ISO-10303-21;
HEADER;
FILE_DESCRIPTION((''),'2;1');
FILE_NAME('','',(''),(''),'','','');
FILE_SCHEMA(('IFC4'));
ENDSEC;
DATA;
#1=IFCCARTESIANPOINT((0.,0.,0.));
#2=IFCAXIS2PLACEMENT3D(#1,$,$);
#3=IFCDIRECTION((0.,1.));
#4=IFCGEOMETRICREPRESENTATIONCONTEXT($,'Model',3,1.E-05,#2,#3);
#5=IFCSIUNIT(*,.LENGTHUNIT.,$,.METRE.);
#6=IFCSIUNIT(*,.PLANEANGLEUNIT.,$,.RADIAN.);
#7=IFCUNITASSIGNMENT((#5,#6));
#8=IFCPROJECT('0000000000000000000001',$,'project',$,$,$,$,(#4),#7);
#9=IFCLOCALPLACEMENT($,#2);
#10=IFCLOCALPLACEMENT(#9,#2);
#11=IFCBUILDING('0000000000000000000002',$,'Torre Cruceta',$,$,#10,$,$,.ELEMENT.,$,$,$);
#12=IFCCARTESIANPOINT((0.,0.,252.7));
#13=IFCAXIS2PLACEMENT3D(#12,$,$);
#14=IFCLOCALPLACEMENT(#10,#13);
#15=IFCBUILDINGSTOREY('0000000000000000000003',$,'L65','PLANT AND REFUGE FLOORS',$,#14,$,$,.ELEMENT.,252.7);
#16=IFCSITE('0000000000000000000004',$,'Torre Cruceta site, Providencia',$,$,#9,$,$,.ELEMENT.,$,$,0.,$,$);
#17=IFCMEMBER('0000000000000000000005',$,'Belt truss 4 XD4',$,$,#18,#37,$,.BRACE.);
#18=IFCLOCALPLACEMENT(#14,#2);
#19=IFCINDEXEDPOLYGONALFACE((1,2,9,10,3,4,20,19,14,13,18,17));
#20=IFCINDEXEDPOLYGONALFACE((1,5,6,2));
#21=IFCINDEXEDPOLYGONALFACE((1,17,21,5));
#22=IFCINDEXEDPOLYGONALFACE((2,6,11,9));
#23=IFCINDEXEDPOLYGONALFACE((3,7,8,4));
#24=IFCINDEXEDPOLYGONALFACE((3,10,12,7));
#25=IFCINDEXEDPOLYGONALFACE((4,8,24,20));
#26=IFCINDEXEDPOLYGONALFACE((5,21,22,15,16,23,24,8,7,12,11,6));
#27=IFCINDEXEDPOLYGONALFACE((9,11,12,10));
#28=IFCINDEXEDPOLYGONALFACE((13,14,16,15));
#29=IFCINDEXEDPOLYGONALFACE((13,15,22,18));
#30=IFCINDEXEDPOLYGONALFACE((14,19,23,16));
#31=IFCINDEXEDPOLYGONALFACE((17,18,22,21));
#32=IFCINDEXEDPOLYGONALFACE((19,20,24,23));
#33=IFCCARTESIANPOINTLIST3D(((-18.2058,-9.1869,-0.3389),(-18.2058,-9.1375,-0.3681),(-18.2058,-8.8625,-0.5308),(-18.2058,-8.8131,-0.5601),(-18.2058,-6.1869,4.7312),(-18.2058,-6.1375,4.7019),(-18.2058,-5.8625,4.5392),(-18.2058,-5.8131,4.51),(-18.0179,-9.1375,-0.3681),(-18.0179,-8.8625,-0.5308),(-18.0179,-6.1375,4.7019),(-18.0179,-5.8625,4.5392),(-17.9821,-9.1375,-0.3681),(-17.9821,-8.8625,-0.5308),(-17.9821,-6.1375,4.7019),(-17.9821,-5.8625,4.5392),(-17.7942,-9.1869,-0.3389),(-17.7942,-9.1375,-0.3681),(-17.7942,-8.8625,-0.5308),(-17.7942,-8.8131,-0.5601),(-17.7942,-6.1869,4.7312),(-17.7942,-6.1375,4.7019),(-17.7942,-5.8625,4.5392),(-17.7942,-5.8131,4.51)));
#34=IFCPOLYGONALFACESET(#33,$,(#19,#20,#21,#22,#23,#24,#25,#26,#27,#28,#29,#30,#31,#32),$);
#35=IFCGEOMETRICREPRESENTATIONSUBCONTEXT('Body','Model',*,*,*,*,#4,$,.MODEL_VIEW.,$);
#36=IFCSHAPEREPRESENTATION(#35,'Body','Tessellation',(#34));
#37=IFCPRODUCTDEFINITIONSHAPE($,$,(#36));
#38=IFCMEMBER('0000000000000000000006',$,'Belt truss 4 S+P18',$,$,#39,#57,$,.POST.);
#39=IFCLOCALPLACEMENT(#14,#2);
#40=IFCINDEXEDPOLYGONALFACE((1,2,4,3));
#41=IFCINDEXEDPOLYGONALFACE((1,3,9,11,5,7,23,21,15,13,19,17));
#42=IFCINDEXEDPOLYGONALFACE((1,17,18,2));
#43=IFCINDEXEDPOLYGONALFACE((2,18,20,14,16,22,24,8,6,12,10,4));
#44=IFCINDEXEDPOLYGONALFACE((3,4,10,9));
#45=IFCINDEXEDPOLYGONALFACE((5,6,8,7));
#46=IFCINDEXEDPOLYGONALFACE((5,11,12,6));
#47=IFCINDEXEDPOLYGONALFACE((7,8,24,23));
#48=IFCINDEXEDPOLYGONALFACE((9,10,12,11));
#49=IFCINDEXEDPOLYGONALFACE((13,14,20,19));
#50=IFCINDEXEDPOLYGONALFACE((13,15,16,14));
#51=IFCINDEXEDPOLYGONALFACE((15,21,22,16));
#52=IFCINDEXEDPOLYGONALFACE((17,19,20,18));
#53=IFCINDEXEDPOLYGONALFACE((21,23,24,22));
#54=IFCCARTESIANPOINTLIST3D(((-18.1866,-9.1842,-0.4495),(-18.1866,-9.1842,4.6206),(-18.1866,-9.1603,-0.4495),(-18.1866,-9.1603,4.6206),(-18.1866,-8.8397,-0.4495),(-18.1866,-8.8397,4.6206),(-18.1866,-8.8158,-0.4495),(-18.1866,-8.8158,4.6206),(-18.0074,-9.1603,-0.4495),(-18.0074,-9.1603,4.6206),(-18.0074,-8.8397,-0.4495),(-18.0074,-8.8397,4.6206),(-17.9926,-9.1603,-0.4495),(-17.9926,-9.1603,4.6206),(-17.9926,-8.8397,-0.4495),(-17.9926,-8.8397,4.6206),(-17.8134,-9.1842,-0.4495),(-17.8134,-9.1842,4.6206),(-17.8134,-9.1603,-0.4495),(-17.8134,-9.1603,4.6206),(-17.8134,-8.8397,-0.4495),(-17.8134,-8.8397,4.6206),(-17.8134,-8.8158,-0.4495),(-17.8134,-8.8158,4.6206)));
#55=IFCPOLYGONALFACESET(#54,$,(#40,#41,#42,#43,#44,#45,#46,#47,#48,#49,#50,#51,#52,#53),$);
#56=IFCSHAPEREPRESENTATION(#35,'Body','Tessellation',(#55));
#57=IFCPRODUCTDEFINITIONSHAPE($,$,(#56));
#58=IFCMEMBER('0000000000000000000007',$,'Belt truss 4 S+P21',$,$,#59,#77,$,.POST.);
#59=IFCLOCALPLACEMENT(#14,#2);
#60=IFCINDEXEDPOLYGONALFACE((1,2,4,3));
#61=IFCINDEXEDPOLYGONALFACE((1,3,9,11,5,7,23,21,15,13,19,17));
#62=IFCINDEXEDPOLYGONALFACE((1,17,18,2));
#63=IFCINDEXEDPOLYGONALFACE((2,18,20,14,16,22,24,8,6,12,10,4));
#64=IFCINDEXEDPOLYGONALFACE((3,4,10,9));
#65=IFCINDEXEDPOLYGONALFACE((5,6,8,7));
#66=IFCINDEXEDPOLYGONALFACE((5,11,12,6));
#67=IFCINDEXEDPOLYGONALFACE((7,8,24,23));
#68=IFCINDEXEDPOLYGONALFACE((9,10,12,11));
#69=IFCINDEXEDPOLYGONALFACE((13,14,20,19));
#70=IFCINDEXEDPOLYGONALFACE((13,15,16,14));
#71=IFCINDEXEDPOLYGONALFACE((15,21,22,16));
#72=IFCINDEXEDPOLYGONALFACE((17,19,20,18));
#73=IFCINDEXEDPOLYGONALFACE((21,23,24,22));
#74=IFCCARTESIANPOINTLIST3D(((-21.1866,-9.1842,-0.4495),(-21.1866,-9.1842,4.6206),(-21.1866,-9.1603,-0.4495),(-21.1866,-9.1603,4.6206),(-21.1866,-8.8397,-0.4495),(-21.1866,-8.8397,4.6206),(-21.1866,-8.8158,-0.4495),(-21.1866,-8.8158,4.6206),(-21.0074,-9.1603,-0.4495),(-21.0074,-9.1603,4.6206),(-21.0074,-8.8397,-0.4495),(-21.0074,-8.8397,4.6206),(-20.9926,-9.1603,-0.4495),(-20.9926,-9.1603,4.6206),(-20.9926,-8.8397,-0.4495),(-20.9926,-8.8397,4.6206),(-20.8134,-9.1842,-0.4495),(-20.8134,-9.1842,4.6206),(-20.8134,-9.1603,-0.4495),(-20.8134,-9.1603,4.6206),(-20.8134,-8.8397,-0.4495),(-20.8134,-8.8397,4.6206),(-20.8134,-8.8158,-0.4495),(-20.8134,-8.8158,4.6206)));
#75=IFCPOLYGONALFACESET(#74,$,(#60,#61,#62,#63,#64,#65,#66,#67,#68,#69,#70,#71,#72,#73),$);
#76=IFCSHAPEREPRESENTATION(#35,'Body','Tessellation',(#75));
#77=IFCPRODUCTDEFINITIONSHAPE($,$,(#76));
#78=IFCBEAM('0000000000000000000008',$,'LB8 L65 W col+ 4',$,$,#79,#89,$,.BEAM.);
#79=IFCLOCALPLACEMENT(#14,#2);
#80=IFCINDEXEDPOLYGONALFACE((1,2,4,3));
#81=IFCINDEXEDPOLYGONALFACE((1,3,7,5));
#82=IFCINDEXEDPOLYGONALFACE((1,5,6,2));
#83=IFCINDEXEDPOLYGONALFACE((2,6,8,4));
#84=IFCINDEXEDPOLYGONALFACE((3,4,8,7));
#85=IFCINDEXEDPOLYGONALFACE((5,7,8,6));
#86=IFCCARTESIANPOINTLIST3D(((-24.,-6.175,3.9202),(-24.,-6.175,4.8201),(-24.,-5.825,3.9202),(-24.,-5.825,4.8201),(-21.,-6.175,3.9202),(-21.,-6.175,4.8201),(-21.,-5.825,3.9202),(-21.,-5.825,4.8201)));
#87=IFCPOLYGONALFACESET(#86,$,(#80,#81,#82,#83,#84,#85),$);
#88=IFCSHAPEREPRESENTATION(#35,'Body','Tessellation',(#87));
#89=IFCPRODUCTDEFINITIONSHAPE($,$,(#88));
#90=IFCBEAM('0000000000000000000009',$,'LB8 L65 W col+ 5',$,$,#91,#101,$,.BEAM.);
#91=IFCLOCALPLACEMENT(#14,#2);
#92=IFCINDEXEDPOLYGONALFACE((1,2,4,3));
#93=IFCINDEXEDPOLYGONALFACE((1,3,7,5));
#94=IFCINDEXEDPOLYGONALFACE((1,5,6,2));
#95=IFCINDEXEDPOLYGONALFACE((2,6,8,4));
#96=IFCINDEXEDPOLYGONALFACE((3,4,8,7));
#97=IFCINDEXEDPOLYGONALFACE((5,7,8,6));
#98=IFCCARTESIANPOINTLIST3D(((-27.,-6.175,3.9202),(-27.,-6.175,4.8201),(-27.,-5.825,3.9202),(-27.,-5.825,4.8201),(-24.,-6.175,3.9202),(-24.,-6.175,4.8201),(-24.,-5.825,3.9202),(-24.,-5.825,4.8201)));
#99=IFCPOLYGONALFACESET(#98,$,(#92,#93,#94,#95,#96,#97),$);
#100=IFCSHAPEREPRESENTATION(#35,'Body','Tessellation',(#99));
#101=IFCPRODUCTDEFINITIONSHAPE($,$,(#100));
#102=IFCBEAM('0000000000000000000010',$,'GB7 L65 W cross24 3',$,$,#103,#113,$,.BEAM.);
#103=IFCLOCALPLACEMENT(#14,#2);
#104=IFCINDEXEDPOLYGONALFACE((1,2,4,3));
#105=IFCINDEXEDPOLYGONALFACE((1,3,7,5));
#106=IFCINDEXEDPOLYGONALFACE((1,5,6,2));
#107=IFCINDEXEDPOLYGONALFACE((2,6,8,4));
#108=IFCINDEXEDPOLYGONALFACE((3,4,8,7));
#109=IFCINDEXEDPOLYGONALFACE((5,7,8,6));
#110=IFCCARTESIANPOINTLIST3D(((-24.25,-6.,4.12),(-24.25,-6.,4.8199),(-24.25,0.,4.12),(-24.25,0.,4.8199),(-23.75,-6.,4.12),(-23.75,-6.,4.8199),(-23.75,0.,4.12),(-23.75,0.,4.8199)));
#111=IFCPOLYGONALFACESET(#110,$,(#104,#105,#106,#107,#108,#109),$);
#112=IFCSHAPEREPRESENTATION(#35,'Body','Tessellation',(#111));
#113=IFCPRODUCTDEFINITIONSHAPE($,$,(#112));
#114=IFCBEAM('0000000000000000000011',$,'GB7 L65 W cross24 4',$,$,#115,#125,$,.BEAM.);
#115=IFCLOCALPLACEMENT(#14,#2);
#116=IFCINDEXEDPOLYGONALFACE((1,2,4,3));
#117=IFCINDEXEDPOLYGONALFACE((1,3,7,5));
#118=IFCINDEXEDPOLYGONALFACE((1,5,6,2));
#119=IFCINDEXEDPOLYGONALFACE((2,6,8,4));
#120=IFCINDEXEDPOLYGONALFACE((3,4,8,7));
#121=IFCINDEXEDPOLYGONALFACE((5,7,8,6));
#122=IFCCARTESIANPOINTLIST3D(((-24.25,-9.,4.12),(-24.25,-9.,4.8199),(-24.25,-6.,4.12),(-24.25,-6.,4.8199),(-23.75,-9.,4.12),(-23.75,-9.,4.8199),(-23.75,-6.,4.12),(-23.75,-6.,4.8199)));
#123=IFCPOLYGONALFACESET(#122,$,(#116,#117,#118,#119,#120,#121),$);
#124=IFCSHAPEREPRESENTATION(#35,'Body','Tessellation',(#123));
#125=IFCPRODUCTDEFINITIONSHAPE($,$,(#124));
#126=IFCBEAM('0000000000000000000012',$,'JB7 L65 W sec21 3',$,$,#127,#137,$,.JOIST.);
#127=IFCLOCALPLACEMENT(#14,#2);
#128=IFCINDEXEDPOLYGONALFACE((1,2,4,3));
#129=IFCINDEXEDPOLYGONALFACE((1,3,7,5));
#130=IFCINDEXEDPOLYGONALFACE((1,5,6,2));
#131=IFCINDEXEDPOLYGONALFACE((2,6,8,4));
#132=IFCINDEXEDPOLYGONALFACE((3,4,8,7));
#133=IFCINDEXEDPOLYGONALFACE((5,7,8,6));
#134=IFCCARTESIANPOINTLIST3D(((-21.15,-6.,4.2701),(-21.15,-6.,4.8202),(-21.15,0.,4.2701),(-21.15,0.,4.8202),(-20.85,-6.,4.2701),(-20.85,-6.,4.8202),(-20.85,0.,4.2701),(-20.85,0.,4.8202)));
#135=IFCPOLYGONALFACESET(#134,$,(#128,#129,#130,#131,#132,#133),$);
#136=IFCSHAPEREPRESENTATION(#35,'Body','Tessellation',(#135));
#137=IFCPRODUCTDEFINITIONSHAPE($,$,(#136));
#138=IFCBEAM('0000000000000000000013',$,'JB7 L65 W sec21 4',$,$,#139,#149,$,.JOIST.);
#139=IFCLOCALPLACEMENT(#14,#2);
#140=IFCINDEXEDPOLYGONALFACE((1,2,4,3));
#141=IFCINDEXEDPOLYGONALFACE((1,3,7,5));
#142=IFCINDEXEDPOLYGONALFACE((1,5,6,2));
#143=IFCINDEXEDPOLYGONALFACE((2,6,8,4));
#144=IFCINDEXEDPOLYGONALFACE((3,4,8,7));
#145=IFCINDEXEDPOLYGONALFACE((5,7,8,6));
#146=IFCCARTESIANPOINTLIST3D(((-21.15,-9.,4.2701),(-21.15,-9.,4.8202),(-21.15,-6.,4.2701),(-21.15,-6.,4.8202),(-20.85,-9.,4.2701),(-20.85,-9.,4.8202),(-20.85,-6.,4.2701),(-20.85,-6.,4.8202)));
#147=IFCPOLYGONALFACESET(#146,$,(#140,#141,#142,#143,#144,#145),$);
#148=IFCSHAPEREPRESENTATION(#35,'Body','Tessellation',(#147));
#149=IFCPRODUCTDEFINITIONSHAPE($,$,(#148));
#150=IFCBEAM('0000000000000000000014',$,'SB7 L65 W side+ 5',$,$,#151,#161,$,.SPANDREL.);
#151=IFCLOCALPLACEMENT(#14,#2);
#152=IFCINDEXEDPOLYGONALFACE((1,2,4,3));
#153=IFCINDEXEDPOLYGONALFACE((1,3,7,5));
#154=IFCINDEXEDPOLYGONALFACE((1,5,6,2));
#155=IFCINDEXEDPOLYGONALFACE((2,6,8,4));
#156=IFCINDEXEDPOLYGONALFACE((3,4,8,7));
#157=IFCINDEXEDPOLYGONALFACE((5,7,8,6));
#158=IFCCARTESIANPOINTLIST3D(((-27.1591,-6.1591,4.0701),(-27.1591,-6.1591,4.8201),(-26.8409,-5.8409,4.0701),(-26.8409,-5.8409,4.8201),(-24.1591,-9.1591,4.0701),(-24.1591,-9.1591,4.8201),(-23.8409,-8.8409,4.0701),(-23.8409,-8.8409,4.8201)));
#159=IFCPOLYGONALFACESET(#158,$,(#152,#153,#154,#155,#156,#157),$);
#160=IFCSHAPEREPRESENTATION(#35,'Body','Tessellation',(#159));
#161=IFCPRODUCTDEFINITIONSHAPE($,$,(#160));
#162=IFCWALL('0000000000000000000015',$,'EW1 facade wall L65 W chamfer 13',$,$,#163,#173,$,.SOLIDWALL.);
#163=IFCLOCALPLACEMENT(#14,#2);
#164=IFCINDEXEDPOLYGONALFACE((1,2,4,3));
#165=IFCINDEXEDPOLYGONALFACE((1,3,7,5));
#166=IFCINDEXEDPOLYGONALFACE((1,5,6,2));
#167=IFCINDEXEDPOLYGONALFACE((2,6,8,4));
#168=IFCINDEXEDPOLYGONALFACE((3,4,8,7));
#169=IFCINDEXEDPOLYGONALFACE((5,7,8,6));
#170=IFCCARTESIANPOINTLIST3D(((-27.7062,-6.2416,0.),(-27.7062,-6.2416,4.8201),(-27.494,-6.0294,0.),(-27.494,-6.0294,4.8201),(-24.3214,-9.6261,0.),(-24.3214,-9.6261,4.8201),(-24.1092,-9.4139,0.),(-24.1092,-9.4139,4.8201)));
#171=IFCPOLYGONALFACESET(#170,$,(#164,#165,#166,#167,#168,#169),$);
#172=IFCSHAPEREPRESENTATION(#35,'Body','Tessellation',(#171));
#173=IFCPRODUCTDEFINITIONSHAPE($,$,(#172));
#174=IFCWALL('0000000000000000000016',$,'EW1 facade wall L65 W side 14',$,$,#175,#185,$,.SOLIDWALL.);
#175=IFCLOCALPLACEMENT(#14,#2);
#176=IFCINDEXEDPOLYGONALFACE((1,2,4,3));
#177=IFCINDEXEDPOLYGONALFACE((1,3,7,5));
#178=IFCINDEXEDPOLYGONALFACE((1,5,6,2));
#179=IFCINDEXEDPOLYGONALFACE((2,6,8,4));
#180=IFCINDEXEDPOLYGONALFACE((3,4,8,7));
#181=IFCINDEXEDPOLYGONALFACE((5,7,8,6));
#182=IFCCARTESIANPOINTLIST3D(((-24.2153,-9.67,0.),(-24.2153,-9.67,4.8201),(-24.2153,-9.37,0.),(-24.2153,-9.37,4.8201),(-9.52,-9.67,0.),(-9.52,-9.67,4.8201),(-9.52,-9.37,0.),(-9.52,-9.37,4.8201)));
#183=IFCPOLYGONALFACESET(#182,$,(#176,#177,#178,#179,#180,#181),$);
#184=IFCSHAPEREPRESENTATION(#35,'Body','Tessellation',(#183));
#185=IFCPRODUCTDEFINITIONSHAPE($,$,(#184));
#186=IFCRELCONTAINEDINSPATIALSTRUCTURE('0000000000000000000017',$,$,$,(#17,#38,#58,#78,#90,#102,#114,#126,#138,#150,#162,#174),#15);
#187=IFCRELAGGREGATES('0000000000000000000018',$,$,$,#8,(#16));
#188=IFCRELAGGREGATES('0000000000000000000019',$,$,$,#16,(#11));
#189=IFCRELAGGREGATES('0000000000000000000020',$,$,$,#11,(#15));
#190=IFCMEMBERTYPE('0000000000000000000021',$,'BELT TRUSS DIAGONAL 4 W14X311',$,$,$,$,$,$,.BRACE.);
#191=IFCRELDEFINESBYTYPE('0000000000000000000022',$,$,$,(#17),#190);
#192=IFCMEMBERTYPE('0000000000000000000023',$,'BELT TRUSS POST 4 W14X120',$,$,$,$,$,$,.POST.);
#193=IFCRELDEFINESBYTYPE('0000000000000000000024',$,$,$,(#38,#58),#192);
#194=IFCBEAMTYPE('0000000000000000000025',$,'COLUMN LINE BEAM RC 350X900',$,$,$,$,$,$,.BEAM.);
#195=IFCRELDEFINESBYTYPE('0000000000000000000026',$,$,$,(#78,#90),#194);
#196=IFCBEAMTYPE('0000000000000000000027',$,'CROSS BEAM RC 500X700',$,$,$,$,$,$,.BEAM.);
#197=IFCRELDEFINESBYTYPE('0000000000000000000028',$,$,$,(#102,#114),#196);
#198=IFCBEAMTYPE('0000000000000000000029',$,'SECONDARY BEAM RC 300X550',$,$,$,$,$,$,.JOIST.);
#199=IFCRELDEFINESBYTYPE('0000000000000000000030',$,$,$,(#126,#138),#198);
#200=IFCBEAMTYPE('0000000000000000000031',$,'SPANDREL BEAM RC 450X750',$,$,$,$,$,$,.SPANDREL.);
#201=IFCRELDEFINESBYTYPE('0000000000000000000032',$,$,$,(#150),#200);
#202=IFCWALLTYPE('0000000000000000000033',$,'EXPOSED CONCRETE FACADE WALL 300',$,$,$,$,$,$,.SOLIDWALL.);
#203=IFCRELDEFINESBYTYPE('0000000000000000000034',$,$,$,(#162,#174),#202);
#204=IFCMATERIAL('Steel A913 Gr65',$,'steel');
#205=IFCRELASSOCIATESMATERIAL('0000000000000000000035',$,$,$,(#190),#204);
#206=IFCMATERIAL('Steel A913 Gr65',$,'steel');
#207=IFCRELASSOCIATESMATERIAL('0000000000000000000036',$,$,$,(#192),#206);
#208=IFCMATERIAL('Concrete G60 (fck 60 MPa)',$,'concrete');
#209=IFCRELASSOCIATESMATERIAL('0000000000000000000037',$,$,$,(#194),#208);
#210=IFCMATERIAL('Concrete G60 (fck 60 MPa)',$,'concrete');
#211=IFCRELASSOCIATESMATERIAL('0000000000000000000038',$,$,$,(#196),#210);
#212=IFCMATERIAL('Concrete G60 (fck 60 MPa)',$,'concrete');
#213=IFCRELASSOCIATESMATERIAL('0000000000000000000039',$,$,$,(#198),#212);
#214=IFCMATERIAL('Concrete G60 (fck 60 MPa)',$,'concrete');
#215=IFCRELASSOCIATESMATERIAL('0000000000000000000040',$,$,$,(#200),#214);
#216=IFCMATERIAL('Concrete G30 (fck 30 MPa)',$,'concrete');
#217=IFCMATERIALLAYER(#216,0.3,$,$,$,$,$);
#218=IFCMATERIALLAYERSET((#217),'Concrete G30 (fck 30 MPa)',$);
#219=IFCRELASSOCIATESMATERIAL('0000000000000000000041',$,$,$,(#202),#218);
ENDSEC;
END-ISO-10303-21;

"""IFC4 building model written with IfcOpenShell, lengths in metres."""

from ifc_helpers import new_model, si_unit, direction, frame, frame_2d, origin, origin_2d, place, context, subcontext, project, spatial, rectangle, i_section, extrude, material, layer, layer_set, material_profile, profile_set, type_object, element, save


model = new_model("IFC4")

# Units and contexts
model_context = context("Model", 3, precision=1e-05, world=origin(), true_north=direction((0.0, 1.0)))
body_context = subcontext(model_context, "Body", "Model", "MODEL_VIEW")
ifc_project = project(units=[si_unit("LENGTHUNIT", "METRE"), si_unit("PLANEANGLEUNIT", "RADIAN")], contexts=[model_context])

# Site, building, storey
site_placement = place(None, origin())
site = spatial("IfcSite", under=ifc_project, at=site_placement, Name="Torre Cruceta site, Providencia", CompositionType="ELEMENT", RefElevation=0.0)
building_placement = place(site_placement, origin())
building = spatial("IfcBuilding", under=site, at=building_placement, Name="Torre Cruceta", CompositionType="ELEMENT")
storey_placement = place(building_placement, frame((0.0, 0.0, 252.7)))
storey = spatial("IfcBuildingStorey", under=building, at=storey_placement, Name="L65", Description="PLANT AND REFUGE FLOORS", CompositionType="ELEMENT", Elevation=252.7)

# Members
ifc_material_1 = material(Name="Steel A913 Gr65", Category="steel")
ifc_material_profile_1 = material_profile(ifc_material_1, i_section(OverallWidth=0.4116, OverallDepth=0.4343, WebThickness=0.0359, FlangeThickness=0.0574, at=origin_2d()), Name="W14X311")
ifc_profile_set_1 = profile_set([ifc_material_profile_1], Name="Steel A913 Gr65")
member_type_1 = type_object("IfcMemberType", Name="BELT TRUSS DIAGONAL 4 W14X311", PredefinedType="BRACE", material=ifc_profile_set_1)
for number, where, z_axis, x_axis, name in (
    (1, (-18.0, -9.0, -0.4495), (0.0, 0.509239, 0.860625), (-1.0, 0.0, 0.0), "Belt truss 4 XD4"),
):
    element("IfcMember", number, at=place(storey_placement, frame(where, z_axis=z_axis, x_axis=x_axis)), inside=storey, type_object=member_type_1, Name=name, PredefinedType="BRACE", context=body_context, shape_type="SweptSolid", body=[
        extrude(i_section(OverallWidth=0.4116, OverallDepth=0.4343, WebThickness=0.0359, FlangeThickness=0.0574, at=origin_2d()), origin(), (0.0, 0.0, 1.0), 5.8911),
    ])
ifc_material_2 = material(Name="Steel A913 Gr65", Category="steel")
ifc_material_profile_2 = material_profile(ifc_material_2, i_section(OverallWidth=0.3733, OverallDepth=0.3684, WebThickness=0.0149, FlangeThickness=0.0239, at=origin_2d()), Name="W14X120")
ifc_profile_set_2 = profile_set([ifc_material_profile_2], Name="Steel A913 Gr65")
member_type_2 = type_object("IfcMemberType", Name="BELT TRUSS POST 4 W14X120", PredefinedType="POST", material=ifc_profile_set_2)
for number, where, z_axis, x_axis, name in (
    (2, (-18.0, -9.0, -0.4495), (0.0, 0.0, 1.0), (1.0, 0.0, 0.0), "Belt truss 4 S+P18"),
    (3, (-21.0, -9.0, -0.4495), (0.0, 0.0, 1.0), (1.0, 0.0, 0.0), "Belt truss 4 S+P21"),
):
    element("IfcMember", number, at=place(storey_placement, frame(where, z_axis=z_axis, x_axis=x_axis)), inside=storey, type_object=member_type_2, Name=name, PredefinedType="POST", context=body_context, shape_type="SweptSolid", body=[
        extrude(i_section(OverallWidth=0.3733, OverallDepth=0.3684, WebThickness=0.0149, FlangeThickness=0.0239, at=origin_2d()), origin(), (0.0, 0.0, 1.0), 5.0701),
    ])

# Beams
ifc_material_3 = material(Name="Concrete G60 (fck 60 MPa)", Category="concrete")
ifc_material_profile_3 = material_profile(ifc_material_3, rectangle(XDim=0.3501, YDim=0.8999, at=origin_2d()), Name="RC 350X900")
ifc_profile_set_3 = profile_set([ifc_material_profile_3], Name="Concrete G60 (fck 60 MPa)")
beam_type_1 = type_object("IfcBeamType", Name="COLUMN LINE BEAM RC 350X900", PredefinedType="BEAM", material=ifc_profile_set_3)
for number, where, z_axis, x_axis, name in (
    (4, (-21.0, -6.0, 4.3701), (-1.0, 0.0, 0.0), (0.0, -1.0, 0.0), "LB8 L65 W col+ 4"),
    (5, (-24.0, -6.0, 4.3701), (-1.0, 0.0, 0.0), (0.0, -1.0, 0.0), "LB8 L65 W col+ 5"),
):
    element("IfcBeam", number, at=place(storey_placement, frame(where, z_axis=z_axis, x_axis=x_axis)), inside=storey, type_object=beam_type_1, Name=name, PredefinedType="BEAM", context=body_context, shape_type="SweptSolid", body=[
        extrude(rectangle(XDim=0.3501, YDim=0.8999, at=origin_2d()), origin(), (0.0, 0.0, 1.0), 3.0),
    ])
ifc_material_4 = material(Name="Concrete G60 (fck 60 MPa)", Category="concrete")
ifc_material_profile_4 = material_profile(ifc_material_4, rectangle(XDim=0.5, YDim=0.7, at=origin_2d()), Name="RC 500X700")
ifc_profile_set_4 = profile_set([ifc_material_profile_4], Name="Concrete G60 (fck 60 MPa)")
beam_type_2 = type_object("IfcBeamType", Name="CROSS BEAM RC 500X700", PredefinedType="BEAM", material=ifc_profile_set_4)
beam_1_placement = place(storey_placement, frame((-24.0, 0.0, 4.47), z_axis=(0.0, -1.0, 0.0), x_axis=(1.0, 0.0, 0.0)))
element("IfcBeam", 6, at=beam_1_placement, inside=storey, type_object=beam_type_2, Name="GB7 L65 W cross24 3", PredefinedType="BEAM", context=body_context, shape_type="SweptSolid", body=[
    extrude(rectangle(XDim=0.5, YDim=0.7, at=origin_2d()), origin(), (0.0, 0.0, 1.0), 6.0),
])
beam_2_placement = place(storey_placement, frame((-24.0, -6.0, 4.47), z_axis=(0.0, -1.0, 0.0), x_axis=(1.0, 0.0, 0.0)))
element("IfcBeam", 7, at=beam_2_placement, inside=storey, type_object=beam_type_2, Name="GB7 L65 W cross24 4", PredefinedType="BEAM", context=body_context, shape_type="SweptSolid", body=[
    extrude(rectangle(XDim=0.5, YDim=0.7, at=origin_2d()), origin(), (0.0, 0.0, 1.0), 3.0),
])
ifc_material_5 = material(Name="Concrete G60 (fck 60 MPa)", Category="concrete")
ifc_material_profile_5 = material_profile(ifc_material_5, rectangle(XDim=0.3, YDim=0.55, at=origin_2d()), Name="RC 300X550")
ifc_profile_set_5 = profile_set([ifc_material_profile_5], Name="Concrete G60 (fck 60 MPa)")
beam_type_3 = type_object("IfcBeamType", Name="SECONDARY BEAM RC 300X550", PredefinedType="JOIST", material=ifc_profile_set_5)
beam_3_placement = place(storey_placement, frame((-21.0, 0.0, 4.5452), z_axis=(0.0, -1.0, 0.0), x_axis=(1.0, 0.0, 0.0)))
element("IfcBeam", 8, at=beam_3_placement, inside=storey, type_object=beam_type_3, Name="JB7 L65 W sec21 3", PredefinedType="JOIST", context=body_context, shape_type="SweptSolid", body=[
    extrude(rectangle(XDim=0.3, YDim=0.55, at=origin_2d()), origin(), (0.0, 0.0, 1.0), 6.0),
])
beam_4_placement = place(storey_placement, frame((-21.0, -6.0, 4.5452), z_axis=(0.0, -1.0, 0.0), x_axis=(1.0, 0.0, 0.0)))
element("IfcBeam", 9, at=beam_4_placement, inside=storey, type_object=beam_type_3, Name="JB7 L65 W sec21 4", PredefinedType="JOIST", context=body_context, shape_type="SweptSolid", body=[
    extrude(rectangle(XDim=0.3, YDim=0.55, at=origin_2d()), origin(), (0.0, 0.0, 1.0), 3.0),
])
ifc_material_6 = material(Name="Concrete G60 (fck 60 MPa)", Category="concrete")
ifc_material_profile_6 = material_profile(ifc_material_6, rectangle(XDim=0.45, YDim=0.75, at=origin_2d()), Name="RC 450X750")
ifc_profile_set_6 = profile_set([ifc_material_profile_6], Name="Concrete G60 (fck 60 MPa)")
beam_type_4 = type_object("IfcBeamType", Name="SPANDREL BEAM RC 450X750", PredefinedType="SPANDREL", material=ifc_profile_set_6)
beam_5_placement = place(storey_placement, frame((-24.0, -9.0, 4.4451), z_axis=(-0.707107, 0.707107, 0.0), x_axis=(-0.707107, -0.707107, 0.0)))
element("IfcBeam", 10, at=beam_5_placement, inside=storey, type_object=beam_type_4, Name="SB7 L65 W side+ 5", PredefinedType="SPANDREL", context=body_context, shape_type="SweptSolid", body=[
    extrude(rectangle(XDim=0.45, YDim=0.75, at=origin_2d()), origin(), (0.0, 0.0, 1.0), 4.2427),
])

# Walls
ifc_material_7 = material(Name="Concrete G30 (fck 30 MPa)", Category="concrete")
ifc_layer = layer(ifc_material_7, 0.3)
ifc_layer_set = layer_set([ifc_layer], Name="Concrete G30 (fck 30 MPa)")
wall_type = type_object("IfcWallType", Name="EXPOSED CONCRETE FACADE WALL 300", PredefinedType="SOLIDWALL", material=ifc_layer_set)
wall_1_placement = place(storey_placement, frame((-27.6001, -6.1355, 0.0), z_axis=(0.0, 0.0, 1.0), x_axis=(0.707132, -0.707081, 0.0)))
element("IfcWall", 11, at=wall_1_placement, inside=storey, type_object=wall_type, Name="EW1 facade wall L65 W chamfer 13", PredefinedType="SOLIDWALL", context=body_context, shape_type="SweptSolid", body=[
    extrude(rectangle(XDim=4.7866, YDim=0.3, at=frame_2d((2.3933, 0.0))), origin(), (0.0, 0.0, 1.0), 4.8201),
])
wall_2_placement = place(storey_placement, frame((-24.2153, -9.52, 0.0), z_axis=(0.0, 0.0, 1.0), x_axis=(1.0, 0.0, 0.0)))
element("IfcWall", 12, at=wall_2_placement, inside=storey, type_object=wall_type, Name="EW1 facade wall L65 W side 14", PredefinedType="SOLIDWALL", context=body_context, shape_type="SweptSolid", body=[
    extrude(rectangle(XDim=14.6953, YDim=0.3, at=frame_2d((7.3477, 0.0))), origin(), (0.0, 0.0, 1.0), 4.8201),
])

save(model, "model.ifc")
